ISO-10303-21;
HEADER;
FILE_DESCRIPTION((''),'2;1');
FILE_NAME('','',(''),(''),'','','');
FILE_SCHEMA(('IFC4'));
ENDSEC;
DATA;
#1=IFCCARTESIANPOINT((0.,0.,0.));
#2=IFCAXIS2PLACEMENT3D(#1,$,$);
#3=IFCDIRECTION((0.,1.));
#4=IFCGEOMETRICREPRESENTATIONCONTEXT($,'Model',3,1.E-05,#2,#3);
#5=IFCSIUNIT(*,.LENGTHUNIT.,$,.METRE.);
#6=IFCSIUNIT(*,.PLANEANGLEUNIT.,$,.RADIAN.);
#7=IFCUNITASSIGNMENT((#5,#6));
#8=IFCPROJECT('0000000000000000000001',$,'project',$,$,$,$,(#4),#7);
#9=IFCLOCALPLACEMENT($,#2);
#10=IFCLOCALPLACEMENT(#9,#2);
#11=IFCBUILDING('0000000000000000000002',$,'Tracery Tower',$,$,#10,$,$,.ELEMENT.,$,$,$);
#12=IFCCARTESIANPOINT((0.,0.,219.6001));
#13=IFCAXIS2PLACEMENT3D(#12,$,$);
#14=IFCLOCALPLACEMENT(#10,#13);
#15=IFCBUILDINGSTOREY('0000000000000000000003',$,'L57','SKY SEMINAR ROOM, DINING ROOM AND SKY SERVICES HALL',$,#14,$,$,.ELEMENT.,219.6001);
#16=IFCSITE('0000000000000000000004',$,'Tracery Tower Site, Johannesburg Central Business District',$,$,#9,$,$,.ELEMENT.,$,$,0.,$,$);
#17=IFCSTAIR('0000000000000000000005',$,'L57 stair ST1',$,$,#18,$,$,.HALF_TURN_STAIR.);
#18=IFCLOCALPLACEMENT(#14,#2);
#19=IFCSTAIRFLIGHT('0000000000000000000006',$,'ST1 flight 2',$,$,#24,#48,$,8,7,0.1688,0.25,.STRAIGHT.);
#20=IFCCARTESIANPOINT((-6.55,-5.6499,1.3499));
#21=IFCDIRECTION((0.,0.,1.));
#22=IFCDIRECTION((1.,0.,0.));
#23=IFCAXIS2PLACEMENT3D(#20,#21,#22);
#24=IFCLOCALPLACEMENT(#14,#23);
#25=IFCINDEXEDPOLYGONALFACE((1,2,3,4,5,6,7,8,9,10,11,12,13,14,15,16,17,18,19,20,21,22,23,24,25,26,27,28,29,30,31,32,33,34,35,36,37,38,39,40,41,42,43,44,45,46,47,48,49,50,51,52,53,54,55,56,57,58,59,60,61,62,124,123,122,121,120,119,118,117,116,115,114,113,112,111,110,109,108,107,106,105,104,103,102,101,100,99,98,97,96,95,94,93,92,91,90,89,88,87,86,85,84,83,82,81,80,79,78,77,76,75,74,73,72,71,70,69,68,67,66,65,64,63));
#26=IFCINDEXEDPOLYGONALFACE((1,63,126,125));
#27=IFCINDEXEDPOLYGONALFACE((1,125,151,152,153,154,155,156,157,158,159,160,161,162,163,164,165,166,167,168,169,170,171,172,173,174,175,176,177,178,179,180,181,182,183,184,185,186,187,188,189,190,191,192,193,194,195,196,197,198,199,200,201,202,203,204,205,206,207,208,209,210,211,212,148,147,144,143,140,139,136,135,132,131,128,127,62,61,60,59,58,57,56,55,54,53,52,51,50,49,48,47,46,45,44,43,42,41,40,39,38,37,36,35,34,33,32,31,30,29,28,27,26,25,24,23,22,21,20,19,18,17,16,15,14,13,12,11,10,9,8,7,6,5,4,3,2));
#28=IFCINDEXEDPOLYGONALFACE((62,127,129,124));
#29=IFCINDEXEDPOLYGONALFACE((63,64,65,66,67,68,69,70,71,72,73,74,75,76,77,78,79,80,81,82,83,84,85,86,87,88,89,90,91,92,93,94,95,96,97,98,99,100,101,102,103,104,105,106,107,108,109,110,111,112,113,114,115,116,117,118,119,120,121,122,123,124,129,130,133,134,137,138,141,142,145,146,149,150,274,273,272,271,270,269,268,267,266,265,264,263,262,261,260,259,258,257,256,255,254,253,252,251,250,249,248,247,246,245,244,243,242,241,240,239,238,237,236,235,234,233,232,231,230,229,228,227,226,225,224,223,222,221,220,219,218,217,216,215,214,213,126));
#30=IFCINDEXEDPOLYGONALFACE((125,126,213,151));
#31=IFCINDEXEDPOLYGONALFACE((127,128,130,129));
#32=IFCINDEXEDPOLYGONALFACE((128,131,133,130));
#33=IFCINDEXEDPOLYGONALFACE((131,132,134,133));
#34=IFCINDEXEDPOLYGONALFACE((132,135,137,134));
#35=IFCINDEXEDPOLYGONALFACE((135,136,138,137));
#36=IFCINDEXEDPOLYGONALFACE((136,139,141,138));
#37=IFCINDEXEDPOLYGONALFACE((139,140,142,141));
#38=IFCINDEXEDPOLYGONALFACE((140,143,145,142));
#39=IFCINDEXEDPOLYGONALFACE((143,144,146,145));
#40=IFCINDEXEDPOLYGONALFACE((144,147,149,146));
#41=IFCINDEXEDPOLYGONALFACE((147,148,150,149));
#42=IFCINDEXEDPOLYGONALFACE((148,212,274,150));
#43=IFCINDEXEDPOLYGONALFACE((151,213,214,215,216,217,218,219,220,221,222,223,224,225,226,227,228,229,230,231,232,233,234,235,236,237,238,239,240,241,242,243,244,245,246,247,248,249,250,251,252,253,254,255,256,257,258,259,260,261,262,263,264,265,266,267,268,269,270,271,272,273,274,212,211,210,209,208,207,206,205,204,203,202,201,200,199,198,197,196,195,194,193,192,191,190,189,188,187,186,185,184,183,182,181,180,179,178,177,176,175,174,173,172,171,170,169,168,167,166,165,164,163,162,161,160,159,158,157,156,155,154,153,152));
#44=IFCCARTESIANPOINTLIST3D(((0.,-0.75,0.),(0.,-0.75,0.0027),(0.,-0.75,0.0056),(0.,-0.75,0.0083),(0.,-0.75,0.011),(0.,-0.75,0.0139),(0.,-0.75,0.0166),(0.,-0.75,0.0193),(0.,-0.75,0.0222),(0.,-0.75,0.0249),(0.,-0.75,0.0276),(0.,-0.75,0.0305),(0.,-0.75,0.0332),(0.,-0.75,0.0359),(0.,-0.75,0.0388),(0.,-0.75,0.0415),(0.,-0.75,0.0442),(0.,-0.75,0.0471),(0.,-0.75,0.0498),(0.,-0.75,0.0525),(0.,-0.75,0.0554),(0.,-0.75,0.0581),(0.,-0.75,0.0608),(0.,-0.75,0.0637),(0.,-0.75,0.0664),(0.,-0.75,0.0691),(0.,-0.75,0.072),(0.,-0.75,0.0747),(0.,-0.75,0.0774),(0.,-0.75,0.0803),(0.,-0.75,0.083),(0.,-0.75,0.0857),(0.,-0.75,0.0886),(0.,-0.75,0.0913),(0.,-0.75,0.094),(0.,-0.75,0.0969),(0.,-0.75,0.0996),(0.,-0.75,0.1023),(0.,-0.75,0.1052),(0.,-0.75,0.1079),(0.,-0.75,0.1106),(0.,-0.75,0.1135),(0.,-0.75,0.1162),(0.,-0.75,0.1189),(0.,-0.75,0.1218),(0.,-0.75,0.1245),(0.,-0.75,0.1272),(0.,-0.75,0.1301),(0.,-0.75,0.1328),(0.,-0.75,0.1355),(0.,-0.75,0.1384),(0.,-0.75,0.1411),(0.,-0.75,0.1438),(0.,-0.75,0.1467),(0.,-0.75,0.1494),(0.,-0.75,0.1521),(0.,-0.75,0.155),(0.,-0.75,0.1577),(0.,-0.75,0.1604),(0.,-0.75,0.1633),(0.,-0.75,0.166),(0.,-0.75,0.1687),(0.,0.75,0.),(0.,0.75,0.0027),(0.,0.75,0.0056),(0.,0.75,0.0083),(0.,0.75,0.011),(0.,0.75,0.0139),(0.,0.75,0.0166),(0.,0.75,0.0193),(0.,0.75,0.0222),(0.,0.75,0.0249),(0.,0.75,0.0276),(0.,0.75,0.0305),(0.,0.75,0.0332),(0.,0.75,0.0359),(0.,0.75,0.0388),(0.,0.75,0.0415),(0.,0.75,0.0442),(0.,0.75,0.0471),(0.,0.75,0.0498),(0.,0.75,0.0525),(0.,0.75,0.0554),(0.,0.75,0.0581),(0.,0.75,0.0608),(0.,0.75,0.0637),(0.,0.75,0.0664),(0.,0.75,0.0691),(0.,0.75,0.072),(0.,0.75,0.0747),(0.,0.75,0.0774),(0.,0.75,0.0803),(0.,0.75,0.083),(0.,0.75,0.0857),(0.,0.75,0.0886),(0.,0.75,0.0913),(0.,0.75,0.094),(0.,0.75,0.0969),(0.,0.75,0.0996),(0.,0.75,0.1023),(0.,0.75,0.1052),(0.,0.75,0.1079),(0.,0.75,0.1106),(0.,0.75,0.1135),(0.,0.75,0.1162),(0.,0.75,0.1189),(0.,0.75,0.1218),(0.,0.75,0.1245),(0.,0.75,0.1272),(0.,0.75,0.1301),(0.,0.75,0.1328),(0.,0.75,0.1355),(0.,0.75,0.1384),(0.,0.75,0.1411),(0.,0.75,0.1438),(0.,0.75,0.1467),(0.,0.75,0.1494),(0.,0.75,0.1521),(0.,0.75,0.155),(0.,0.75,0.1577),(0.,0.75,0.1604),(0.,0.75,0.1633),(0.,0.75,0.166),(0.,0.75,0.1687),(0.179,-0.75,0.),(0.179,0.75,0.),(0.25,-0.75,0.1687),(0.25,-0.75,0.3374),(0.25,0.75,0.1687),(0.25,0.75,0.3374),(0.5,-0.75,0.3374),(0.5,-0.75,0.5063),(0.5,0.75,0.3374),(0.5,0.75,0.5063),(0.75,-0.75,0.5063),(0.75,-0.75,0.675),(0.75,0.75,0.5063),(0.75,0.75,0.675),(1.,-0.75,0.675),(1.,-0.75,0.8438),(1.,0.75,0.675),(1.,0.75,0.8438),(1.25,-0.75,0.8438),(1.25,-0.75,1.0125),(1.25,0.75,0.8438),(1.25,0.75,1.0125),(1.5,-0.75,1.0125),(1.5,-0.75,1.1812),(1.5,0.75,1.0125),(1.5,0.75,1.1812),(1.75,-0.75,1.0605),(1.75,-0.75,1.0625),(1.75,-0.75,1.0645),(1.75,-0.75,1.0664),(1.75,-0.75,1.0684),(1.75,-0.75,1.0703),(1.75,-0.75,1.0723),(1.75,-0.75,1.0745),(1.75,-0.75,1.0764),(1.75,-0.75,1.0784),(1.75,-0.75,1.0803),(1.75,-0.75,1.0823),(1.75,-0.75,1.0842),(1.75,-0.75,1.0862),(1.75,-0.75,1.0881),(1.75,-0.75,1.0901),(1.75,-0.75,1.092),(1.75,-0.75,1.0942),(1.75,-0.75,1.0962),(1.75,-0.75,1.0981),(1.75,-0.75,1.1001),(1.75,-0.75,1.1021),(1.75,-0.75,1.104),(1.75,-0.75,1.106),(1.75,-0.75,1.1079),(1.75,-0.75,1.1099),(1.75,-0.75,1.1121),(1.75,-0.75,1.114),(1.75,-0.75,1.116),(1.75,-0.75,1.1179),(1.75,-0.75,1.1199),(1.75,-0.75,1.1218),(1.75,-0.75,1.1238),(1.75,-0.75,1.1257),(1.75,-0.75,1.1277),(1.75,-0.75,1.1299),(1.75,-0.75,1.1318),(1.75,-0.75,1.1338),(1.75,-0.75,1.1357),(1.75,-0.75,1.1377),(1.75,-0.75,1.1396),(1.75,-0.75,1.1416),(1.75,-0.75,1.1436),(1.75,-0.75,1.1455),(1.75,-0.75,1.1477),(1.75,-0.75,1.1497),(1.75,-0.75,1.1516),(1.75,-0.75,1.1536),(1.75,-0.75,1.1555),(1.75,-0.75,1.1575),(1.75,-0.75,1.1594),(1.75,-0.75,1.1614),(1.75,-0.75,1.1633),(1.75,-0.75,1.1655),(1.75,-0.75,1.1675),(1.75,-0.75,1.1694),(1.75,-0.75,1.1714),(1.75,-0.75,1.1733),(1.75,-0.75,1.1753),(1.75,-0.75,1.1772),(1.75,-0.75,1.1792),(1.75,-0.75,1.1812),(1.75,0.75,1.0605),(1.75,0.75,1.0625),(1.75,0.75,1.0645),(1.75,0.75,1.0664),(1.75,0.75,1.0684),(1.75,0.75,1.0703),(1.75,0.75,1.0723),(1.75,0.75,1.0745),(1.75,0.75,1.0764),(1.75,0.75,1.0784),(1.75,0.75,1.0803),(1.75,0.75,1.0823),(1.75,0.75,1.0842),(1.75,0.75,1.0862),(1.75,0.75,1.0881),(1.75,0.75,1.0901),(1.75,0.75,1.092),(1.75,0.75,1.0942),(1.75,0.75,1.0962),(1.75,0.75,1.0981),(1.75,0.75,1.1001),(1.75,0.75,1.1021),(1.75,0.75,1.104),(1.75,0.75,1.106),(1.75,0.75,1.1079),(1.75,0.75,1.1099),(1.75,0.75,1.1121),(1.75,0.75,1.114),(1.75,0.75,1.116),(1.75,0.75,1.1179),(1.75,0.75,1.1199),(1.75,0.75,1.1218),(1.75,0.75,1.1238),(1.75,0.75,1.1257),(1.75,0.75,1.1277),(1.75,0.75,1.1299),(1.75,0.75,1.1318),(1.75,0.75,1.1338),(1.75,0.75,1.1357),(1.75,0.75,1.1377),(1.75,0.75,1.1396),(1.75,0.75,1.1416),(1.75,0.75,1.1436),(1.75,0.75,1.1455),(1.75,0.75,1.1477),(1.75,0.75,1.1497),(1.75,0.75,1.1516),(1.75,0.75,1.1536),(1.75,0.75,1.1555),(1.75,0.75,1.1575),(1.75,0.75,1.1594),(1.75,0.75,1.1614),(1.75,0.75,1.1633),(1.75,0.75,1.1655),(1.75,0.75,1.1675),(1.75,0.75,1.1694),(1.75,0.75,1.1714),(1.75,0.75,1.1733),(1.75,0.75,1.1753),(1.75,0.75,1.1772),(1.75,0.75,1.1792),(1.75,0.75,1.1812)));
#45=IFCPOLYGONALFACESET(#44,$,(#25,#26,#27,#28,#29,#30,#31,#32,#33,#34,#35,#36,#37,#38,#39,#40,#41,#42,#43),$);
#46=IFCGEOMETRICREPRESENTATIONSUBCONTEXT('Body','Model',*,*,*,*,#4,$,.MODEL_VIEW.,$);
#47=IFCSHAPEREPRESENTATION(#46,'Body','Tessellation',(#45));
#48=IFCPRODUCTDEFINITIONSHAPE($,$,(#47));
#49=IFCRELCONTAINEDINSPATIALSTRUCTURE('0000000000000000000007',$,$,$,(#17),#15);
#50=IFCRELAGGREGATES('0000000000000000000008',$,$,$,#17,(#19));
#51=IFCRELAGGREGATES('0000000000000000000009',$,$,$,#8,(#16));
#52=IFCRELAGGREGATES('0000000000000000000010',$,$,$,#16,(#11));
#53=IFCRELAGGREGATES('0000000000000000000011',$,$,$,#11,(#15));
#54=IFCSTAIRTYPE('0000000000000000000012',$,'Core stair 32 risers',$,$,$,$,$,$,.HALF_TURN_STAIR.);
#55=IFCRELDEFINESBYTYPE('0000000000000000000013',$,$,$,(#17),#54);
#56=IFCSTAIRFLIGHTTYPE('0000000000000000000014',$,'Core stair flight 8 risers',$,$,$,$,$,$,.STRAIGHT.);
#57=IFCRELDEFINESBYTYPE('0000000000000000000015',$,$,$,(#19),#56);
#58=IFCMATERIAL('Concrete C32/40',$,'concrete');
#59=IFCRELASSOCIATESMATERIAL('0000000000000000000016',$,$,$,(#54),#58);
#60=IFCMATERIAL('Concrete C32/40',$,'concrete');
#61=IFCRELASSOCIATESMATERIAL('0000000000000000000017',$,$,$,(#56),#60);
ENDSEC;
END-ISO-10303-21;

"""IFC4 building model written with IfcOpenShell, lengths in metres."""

from ifc_helpers import new_model, si_unit, direction, frame, origin, place, context, subcontext, project, spatial, polyline, outline, extrude, material, type_object, element, aggregate, save


model = new_model("IFC4")

# Units and contexts
model_context = context("Model", 3, precision=1e-05, world=origin(), true_north=direction((0.0, 1.0)))
body_context = subcontext(model_context, "Body", "Model", "MODEL_VIEW")
ifc_project = project(units=[si_unit("LENGTHUNIT", "METRE"), si_unit("PLANEANGLEUNIT", "RADIAN")], contexts=[model_context])

# Site, building, storey
site_placement = place(None, origin())
site = spatial("IfcSite", under=ifc_project, at=site_placement, Name="Tracery Tower Site, Johannesburg Central Business District", CompositionType="ELEMENT", RefElevation=0.0)
building_placement = place(site_placement, origin())
building = spatial("IfcBuilding", under=site, at=building_placement, Name="Tracery Tower", CompositionType="ELEMENT")
storey_placement = place(building_placement, frame((0.0, 0.0, 219.6001)))
storey = spatial("IfcBuildingStorey", under=building, at=storey_placement, Name="L57", Description="SKY SEMINAR ROOM, DINING ROOM AND SKY SERVICES HALL", CompositionType="ELEMENT", Elevation=219.6001)

# Stair, stair flight
ifc_material_1 = material(Name="Concrete C32/40", Category="concrete")
stair_type = type_object("IfcStairType", Name="Core stair 32 risers", PredefinedType="HALF_TURN_STAIR", material=ifc_material_1)
stair_placement = place(storey_placement, origin())
stair = element("IfcStair", 1, at=stair_placement, inside=storey, type_object=stair_type, Name="L57 stair ST1", PredefinedType="HALF_TURN_STAIR")
ifc_material_2 = material(Name="Concrete C32/40", Category="concrete")
stair_flight_type = type_object("IfcStairFlightType", Name="Core stair flight 8 risers", PredefinedType="STRAIGHT", material=ifc_material_2)
stair_flight_1_placement = place(storey_placement, frame((-6.55, -5.6499, 1.3499), z_axis=(0.0, 0.0, 1.0), x_axis=(1.0, 0.0, 0.0)))
stair_flight_1 = element("IfcStairFlight", 2, at=stair_flight_1_placement, type_object=stair_flight_type, Name="ST1 flight 2", NumberOfRisers=8, NumberOfTreads=7, PredefinedType="STRAIGHT", RiserHeight=0.1688, TreadLength=0.25, context=body_context, shape_type="SweptSolid", body=[
    extrude(outline(polyline([(0.0, 0.0), (0.0, 0.0027), (0.0, 0.0056), (0.0, 0.0083), (0.0, 0.011), (0.0, 0.0139), (0.0, 0.0166), (0.0, 0.0193), (0.0, 0.0222), (0.0, 0.0249), (0.0, 0.0276), (0.0, 0.0305), (0.0, 0.0332), (0.0, 0.0359), (0.0, 0.0388), (0.0, 0.0415), (0.0, 0.0442), (0.0, 0.0471), (0.0, 0.0498), (0.0, 0.0525), (0.0, 0.0554), (0.0, 0.0581), (0.0, 0.0608), (0.0, 0.0637), (0.0, 0.0664), (0.0, 0.0691), (0.0, 0.072), (0.0, 0.0747), (0.0, 0.0774), (0.0, 0.0803), (0.0, 0.083), (0.0, 0.0857), (0.0, 0.0886), (0.0, 0.0913), (0.0, 0.094), (0.0, 0.0969), (0.0, 0.0996), (0.0, 0.1023), (0.0, 0.1052), (0.0, 0.1079), (0.0, 0.1106), (0.0, 0.1135), (0.0, 0.1162), (0.0, 0.1189), (0.0, 0.1218), (0.0, 0.1245), (0.0, 0.1272), (0.0, 0.1301), (0.0, 0.1328), (0.0, 0.1355), (0.0, 0.1384), (0.0, 0.1411), (0.0, 0.1438), (0.0, 0.1467), (0.0, 0.1494), (0.0, 0.1521), (0.0, 0.155), (0.0, 0.1577), (0.0, 0.1604), (0.0, 0.1633), (0.0, 0.166), (0.0, 0.1687), (0.25, 0.1687), (0.25, 0.3374), (0.5, 0.3374), (0.5, 0.5063), (0.75, 0.5063), (0.75, 0.675), (1.0, 0.675), (1.0, 0.8438), (1.25, 0.8438), (1.25, 1.0125), (1.5, 1.0125), (1.5, 1.1812), (1.75, 1.1812), (1.75, 1.1792), (1.75, 1.1772), (1.75, 1.1753), (1.75, 1.1733), (1.75, 1.1714), (1.75, 1.1694), (1.75, 1.1675), (1.75, 1.1655), (1.75, 1.1633), (1.75, 1.1614), (1.75, 1.1594), (1.75, 1.1575), (1.75, 1.1555), (1.75, 1.1536), (1.75, 1.1516), (1.75, 1.1497), (1.75, 1.1477), (1.75, 1.1455), (1.75, 1.1436), (1.75, 1.1416), (1.75, 1.1396), (1.75, 1.1377), (1.75, 1.1357), (1.75, 1.1338), (1.75, 1.1318), (1.75, 1.1299), (1.75, 1.1277), (1.75, 1.1257), (1.75, 1.1238), (1.75, 1.1218), (1.75, 1.1199), (1.75, 1.1179), (1.75, 1.116), (1.75, 1.114), (1.75, 1.1121), (1.75, 1.1099), (1.75, 1.1079), (1.75, 1.106), (1.75, 1.104), (1.75, 1.1021), (1.75, 1.1001), (1.75, 1.0981), (1.75, 1.0962), (1.75, 1.0942), (1.75, 1.092), (1.75, 1.0901), (1.75, 1.0881), (1.75, 1.0862), (1.75, 1.0842), (1.75, 1.0823), (1.75, 1.0803), (1.75, 1.0784), (1.75, 1.0764), (1.75, 1.0745), (1.75, 1.0723), (1.75, 1.0703), (1.75, 1.0684), (1.75, 1.0664), (1.75, 1.0645), (1.75, 1.0625), (1.75, 1.0605), (0.179, 0.0), (0.0, 0.0)])), frame((0.0, 0.75, 0.0), z_axis=(0.0, -1.0, 0.0), x_axis=(1.0, 0.0, 0.0)), (0.0, 0.0, 1.0), 1.5),
])
aggregate(stair, [stair_flight_1])

save(model, "model.ifc")
